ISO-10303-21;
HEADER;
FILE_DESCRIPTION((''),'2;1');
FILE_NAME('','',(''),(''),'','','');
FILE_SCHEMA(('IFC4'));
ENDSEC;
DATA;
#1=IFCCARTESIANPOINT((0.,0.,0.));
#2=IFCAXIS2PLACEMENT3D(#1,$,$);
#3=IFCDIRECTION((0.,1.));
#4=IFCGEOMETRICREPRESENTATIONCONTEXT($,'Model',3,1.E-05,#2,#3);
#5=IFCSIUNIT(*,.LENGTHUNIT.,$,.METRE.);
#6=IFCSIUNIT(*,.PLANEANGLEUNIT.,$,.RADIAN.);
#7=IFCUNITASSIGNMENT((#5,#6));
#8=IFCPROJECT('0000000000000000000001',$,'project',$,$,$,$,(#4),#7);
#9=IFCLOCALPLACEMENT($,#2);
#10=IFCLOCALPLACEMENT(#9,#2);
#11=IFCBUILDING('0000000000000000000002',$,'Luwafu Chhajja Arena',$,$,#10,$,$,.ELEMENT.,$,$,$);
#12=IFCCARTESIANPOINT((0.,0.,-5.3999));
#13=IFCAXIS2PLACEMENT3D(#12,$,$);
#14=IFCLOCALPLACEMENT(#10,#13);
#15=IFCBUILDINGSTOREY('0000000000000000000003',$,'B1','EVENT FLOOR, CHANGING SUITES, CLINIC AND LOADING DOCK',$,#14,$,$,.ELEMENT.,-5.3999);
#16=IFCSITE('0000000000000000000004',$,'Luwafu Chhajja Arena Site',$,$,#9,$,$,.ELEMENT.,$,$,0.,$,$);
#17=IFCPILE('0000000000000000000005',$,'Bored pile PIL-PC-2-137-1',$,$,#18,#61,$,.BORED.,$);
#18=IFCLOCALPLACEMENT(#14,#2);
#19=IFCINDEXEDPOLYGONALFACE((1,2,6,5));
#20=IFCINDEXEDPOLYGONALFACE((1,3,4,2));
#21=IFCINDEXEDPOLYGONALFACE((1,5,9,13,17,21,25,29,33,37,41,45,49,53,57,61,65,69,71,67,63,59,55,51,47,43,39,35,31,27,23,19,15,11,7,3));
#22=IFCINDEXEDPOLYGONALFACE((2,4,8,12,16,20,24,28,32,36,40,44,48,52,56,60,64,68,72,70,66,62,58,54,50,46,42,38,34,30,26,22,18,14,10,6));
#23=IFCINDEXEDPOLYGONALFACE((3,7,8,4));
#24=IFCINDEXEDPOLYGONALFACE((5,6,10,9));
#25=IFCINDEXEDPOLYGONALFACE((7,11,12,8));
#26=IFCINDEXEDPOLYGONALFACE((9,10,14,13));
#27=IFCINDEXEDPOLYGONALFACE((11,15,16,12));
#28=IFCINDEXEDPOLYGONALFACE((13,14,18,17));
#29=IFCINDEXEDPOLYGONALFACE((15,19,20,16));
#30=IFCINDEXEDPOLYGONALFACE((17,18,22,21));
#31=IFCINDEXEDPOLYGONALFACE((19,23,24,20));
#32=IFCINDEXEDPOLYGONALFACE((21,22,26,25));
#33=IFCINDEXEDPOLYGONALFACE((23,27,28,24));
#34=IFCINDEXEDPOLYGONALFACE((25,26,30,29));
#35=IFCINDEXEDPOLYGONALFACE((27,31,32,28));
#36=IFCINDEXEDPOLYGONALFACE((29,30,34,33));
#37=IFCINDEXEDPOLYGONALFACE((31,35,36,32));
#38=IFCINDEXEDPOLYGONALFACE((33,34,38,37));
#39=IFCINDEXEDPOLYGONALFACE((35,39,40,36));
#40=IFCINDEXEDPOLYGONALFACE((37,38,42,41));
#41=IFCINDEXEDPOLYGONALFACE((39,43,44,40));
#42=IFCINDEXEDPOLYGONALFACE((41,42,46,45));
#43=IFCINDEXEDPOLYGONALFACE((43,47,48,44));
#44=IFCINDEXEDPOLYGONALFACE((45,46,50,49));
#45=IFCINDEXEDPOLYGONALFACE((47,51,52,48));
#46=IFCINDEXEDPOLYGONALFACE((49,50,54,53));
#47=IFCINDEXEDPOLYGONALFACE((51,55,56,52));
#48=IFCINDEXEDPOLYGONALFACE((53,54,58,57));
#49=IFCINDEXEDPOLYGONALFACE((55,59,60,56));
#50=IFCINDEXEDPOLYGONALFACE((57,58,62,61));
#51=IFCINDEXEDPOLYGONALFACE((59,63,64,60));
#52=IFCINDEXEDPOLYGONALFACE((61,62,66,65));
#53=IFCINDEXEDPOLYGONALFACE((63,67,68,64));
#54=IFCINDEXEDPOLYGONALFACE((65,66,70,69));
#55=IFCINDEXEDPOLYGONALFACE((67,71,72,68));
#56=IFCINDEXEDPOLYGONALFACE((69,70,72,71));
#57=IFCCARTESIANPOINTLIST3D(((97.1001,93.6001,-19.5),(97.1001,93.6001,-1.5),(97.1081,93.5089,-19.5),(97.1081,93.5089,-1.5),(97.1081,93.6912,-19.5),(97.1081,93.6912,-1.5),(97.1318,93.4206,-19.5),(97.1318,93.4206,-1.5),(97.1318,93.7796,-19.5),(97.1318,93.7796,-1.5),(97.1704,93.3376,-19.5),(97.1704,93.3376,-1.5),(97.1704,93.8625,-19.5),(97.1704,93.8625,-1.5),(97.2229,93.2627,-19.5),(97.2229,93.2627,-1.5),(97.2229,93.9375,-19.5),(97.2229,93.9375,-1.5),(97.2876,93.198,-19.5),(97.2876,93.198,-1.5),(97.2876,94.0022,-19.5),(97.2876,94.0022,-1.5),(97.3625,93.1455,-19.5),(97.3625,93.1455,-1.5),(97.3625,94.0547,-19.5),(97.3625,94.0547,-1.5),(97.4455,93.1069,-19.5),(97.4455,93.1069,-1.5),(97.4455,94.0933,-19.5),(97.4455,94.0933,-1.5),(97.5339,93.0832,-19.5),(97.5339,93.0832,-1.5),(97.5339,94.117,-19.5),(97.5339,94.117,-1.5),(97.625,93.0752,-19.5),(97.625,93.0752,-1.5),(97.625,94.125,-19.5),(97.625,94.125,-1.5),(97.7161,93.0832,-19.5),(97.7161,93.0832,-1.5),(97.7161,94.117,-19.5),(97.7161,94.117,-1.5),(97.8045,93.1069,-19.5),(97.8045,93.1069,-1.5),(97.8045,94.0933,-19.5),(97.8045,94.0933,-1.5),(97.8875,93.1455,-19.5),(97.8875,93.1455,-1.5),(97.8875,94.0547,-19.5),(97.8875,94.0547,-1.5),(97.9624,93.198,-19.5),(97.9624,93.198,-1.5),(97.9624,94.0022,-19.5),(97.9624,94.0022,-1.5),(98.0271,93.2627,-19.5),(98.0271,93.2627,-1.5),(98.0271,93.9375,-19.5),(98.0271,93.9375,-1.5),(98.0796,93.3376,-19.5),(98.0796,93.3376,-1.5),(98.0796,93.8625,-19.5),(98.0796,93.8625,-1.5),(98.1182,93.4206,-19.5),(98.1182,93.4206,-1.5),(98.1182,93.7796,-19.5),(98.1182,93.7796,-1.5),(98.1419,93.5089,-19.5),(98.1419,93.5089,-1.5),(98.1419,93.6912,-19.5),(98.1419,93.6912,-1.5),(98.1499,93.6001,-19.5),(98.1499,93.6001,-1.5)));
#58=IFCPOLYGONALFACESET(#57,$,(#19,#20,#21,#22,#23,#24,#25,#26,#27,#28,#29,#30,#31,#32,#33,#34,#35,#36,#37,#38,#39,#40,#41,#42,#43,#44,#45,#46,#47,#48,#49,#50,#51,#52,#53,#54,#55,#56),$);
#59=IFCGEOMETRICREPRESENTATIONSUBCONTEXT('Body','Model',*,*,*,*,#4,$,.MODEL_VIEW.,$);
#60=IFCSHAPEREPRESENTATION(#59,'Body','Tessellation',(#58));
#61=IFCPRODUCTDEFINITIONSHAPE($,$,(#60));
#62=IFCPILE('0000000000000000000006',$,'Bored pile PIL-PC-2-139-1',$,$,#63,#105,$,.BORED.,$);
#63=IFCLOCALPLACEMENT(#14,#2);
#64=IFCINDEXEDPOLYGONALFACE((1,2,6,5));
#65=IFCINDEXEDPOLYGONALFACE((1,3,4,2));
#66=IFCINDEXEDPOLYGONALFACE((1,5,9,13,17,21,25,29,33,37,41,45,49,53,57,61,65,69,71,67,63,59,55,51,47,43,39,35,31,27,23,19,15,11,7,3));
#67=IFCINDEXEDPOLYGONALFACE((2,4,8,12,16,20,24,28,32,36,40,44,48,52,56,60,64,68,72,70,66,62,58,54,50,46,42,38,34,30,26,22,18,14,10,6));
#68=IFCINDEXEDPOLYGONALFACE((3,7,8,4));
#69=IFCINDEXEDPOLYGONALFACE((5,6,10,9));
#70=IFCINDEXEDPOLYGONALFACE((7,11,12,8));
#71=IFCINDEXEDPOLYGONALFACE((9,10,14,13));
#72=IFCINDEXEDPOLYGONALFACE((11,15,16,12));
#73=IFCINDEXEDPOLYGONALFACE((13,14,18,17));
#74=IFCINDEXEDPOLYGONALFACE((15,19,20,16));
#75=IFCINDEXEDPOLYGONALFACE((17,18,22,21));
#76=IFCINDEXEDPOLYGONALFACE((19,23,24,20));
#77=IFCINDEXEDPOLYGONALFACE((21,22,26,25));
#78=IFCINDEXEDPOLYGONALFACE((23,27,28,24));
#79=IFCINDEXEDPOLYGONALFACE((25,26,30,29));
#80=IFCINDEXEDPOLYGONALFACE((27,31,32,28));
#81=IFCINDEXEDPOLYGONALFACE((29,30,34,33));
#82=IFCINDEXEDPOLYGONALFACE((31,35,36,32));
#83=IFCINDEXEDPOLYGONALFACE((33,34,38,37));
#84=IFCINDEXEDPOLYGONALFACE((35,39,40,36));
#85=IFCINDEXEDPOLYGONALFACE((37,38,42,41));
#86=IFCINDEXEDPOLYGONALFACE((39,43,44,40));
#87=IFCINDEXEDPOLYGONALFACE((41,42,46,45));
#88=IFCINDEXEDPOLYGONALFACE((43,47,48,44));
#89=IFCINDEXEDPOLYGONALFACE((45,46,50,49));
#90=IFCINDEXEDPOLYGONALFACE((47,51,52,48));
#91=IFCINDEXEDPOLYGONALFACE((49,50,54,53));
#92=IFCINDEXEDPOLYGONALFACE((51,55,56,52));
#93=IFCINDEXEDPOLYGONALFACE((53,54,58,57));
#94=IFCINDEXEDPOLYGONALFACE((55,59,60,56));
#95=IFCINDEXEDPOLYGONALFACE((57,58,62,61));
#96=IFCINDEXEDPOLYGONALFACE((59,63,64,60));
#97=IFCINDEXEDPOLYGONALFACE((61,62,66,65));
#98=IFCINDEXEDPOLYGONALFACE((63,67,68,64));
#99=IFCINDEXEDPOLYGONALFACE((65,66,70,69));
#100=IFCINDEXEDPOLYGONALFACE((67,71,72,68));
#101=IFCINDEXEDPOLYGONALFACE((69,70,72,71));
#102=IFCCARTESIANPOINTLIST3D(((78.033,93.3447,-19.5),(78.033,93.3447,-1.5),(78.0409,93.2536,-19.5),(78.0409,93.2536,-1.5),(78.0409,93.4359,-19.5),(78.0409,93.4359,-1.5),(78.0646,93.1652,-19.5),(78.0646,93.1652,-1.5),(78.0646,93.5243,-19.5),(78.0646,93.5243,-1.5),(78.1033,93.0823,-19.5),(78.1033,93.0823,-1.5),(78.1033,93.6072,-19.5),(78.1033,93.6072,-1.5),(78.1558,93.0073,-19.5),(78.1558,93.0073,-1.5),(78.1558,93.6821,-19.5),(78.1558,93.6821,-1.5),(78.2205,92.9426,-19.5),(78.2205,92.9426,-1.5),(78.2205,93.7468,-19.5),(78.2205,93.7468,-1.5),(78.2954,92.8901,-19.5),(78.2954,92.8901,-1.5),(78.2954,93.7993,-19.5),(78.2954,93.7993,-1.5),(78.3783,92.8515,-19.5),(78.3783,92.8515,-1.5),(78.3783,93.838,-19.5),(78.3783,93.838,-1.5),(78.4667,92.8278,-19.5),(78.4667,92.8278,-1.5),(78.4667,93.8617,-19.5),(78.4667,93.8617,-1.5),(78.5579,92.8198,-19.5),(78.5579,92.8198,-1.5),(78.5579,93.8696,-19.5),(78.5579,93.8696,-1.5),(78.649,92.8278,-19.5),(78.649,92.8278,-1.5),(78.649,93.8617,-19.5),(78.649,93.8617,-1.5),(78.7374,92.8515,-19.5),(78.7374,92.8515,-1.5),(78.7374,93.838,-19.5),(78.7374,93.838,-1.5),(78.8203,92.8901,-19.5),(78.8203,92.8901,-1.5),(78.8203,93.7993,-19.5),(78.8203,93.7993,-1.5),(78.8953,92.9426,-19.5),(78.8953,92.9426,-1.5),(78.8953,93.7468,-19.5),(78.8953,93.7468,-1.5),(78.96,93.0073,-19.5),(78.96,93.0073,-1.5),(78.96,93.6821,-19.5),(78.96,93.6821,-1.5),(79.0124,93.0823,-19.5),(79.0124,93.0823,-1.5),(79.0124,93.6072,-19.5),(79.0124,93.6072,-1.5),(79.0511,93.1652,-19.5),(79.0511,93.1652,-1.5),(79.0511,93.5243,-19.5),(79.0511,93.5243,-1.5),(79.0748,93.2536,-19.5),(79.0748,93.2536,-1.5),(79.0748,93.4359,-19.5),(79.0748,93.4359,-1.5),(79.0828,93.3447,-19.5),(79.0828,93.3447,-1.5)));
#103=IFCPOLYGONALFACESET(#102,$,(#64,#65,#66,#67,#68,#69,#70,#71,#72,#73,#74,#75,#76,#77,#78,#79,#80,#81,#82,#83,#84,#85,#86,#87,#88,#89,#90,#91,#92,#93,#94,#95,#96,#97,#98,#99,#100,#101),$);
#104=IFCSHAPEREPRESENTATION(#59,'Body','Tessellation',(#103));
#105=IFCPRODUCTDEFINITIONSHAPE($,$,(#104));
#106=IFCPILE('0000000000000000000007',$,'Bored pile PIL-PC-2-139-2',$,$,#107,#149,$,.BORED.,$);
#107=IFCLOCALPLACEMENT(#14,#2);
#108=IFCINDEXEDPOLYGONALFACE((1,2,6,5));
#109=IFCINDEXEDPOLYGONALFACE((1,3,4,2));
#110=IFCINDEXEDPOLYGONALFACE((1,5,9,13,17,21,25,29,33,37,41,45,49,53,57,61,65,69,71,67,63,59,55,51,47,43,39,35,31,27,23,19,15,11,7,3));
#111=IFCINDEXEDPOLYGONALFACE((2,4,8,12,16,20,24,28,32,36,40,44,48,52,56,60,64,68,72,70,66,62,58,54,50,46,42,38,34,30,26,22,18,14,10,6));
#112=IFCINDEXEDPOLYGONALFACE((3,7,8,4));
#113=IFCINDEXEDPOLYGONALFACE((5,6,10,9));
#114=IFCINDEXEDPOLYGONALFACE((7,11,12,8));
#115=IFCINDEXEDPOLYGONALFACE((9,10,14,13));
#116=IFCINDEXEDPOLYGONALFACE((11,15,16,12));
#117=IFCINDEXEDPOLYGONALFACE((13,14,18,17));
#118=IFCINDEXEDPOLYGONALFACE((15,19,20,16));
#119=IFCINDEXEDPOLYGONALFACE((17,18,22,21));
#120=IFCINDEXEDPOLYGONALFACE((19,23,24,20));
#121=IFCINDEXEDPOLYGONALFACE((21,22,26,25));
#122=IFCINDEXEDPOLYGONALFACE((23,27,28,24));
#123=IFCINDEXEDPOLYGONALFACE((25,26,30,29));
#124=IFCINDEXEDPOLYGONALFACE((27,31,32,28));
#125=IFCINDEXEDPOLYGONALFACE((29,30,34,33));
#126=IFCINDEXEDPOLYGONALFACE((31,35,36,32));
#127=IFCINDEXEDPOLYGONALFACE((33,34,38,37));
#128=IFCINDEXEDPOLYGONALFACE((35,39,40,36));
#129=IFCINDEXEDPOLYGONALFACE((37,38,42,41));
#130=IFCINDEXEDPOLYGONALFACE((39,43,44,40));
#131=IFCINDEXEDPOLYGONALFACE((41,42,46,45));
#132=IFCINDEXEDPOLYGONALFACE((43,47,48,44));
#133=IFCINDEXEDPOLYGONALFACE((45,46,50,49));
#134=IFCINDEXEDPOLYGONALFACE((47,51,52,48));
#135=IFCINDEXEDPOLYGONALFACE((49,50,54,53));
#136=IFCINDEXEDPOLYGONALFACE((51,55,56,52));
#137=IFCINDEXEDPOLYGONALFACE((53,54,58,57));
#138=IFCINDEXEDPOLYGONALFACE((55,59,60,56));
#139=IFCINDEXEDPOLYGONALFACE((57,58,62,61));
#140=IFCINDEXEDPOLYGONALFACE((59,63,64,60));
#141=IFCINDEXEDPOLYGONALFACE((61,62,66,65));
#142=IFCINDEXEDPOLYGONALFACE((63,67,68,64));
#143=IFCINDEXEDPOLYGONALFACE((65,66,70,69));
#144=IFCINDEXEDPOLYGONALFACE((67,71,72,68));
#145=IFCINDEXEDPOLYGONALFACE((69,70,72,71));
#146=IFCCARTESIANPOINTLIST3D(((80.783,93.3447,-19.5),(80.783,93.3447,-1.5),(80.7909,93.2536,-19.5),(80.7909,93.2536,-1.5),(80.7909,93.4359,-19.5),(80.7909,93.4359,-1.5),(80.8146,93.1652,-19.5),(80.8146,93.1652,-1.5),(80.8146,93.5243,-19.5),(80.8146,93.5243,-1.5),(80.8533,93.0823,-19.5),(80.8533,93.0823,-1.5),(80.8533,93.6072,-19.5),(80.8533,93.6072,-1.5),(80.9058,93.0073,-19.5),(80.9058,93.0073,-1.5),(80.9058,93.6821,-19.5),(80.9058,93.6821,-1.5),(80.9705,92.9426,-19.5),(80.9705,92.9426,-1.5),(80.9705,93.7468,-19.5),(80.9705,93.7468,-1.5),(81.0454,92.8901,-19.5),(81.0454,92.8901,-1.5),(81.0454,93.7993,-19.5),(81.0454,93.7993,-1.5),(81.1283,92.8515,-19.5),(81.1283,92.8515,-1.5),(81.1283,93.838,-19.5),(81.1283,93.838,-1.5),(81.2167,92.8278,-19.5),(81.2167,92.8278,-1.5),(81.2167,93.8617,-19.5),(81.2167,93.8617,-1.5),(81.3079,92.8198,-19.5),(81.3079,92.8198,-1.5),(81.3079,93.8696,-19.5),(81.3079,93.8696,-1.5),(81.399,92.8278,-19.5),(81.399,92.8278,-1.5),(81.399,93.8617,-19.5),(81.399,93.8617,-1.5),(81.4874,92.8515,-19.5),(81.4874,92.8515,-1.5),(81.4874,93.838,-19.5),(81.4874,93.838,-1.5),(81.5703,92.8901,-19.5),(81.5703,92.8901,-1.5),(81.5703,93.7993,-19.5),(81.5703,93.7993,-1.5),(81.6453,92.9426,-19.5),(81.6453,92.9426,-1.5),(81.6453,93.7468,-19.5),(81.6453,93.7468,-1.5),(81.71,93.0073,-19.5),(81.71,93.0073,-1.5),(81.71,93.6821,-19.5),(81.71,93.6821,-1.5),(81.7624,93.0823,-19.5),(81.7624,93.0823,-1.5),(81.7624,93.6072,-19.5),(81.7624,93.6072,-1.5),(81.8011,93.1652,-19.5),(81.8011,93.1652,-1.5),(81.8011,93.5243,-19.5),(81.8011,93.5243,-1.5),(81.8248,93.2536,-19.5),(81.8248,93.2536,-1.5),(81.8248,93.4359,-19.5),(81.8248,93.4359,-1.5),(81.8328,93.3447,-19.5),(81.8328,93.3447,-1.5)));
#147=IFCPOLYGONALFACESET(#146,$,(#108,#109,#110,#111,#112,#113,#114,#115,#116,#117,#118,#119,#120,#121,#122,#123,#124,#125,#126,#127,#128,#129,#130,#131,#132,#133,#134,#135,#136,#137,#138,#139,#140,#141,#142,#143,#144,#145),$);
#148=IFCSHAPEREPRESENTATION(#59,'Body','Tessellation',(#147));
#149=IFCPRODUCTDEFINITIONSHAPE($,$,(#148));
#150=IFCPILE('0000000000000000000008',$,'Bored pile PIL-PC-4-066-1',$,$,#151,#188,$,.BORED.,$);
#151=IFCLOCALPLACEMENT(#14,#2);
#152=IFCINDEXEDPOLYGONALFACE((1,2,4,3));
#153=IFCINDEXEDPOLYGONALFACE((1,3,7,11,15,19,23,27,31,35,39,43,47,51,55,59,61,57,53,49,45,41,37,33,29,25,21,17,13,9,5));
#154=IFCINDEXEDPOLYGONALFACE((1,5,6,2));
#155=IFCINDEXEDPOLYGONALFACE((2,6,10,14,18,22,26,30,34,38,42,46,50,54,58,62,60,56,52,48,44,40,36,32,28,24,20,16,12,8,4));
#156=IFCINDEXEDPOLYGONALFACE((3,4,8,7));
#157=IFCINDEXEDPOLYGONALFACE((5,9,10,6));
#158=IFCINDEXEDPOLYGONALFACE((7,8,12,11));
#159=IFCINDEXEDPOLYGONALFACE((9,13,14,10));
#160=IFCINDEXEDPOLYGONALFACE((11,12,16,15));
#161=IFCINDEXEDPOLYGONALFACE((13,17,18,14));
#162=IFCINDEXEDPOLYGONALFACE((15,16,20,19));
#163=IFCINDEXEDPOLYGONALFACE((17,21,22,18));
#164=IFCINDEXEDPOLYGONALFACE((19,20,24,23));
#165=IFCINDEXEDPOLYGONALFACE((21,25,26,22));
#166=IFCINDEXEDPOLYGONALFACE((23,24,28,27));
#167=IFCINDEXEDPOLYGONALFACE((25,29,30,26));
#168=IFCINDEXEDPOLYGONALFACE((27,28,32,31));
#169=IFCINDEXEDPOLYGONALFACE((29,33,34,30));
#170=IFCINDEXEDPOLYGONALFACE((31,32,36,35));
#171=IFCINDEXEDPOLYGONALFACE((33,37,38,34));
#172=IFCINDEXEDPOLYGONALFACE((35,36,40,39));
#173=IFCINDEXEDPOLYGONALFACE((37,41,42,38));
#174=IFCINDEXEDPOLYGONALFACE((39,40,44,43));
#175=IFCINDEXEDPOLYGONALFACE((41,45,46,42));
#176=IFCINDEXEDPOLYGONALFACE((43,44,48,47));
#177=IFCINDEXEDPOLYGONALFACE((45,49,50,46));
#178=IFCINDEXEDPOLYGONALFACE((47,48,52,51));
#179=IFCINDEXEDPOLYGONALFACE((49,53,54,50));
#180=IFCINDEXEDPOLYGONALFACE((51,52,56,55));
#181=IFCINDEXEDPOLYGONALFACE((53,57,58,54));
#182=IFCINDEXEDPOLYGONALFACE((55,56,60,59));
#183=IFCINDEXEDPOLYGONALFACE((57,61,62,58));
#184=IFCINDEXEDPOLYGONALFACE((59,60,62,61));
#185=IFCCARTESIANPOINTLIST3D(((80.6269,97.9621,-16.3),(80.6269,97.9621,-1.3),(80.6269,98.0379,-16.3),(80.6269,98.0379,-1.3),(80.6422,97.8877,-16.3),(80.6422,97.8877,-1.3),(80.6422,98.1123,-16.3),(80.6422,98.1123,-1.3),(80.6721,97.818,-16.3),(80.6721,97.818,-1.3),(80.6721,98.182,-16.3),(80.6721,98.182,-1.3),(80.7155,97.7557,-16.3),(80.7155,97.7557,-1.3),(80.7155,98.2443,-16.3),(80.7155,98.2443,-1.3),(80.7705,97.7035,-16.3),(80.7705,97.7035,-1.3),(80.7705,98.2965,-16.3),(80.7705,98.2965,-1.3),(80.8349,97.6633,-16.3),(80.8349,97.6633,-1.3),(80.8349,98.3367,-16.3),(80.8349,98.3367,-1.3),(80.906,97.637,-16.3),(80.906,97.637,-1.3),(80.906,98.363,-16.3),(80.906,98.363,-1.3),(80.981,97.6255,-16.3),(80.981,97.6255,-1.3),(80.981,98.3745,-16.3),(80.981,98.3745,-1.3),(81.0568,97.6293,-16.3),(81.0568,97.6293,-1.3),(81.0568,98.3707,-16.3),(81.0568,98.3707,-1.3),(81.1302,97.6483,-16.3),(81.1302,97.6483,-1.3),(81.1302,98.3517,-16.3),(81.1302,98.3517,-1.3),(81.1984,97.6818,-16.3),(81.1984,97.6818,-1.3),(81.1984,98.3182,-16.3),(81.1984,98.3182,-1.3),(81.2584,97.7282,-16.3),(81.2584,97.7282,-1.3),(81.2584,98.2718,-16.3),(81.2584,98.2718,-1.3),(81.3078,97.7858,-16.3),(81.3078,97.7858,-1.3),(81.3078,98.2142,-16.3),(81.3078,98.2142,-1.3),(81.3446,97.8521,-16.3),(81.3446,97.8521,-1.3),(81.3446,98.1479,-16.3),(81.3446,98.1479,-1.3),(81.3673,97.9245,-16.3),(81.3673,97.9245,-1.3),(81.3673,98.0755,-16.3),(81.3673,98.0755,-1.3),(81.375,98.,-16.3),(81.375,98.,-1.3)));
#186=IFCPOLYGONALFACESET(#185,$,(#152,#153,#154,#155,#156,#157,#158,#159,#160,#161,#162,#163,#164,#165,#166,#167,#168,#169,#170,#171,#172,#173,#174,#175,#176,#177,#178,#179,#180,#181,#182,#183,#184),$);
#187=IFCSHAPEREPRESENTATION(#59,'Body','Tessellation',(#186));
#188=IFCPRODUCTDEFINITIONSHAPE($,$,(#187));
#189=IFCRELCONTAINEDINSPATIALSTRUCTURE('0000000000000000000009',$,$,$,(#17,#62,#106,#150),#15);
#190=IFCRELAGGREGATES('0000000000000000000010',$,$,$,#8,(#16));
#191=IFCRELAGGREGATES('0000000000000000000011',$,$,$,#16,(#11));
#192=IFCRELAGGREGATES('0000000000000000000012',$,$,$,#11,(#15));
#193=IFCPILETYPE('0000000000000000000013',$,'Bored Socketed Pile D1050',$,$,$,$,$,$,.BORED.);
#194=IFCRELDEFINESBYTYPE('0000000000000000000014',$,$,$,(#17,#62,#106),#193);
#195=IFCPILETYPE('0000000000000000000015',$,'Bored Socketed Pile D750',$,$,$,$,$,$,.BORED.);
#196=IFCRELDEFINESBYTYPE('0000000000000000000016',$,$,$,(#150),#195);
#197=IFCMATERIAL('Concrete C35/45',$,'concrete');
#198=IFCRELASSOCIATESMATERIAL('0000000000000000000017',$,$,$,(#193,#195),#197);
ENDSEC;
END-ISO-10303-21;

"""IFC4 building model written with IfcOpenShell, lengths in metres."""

from ifc_helpers import new_model, si_unit, direction, frame, origin, origin_2d, place, context, subcontext, project, spatial, circle, extrude, material, material_profile, profile_set, type_object, element, save


model = new_model("IFC4")

# Units and contexts
model_context = context("Model", 3, precision=1e-05, world=origin(), true_north=direction((0.0, 1.0)))
body_context = subcontext(model_context, "Body", "Model", "MODEL_VIEW")
ifc_project = project(units=[si_unit("LENGTHUNIT", "METRE"), si_unit("PLANEANGLEUNIT", "RADIAN")], contexts=[model_context])

# Site, building, storey
site_placement = place(None, origin())
site = spatial("IfcSite", under=ifc_project, at=site_placement, Name="Luwafu Chhajja Arena Site", CompositionType="ELEMENT", RefElevation=0.0)
building_placement = place(site_placement, origin())
building = spatial("IfcBuilding", under=site, at=building_placement, Name="Luwafu Chhajja Arena", CompositionType="ELEMENT")
storey_placement = place(building_placement, frame((0.0, 0.0, -5.3999)))
storey = spatial("IfcBuildingStorey", under=building, at=storey_placement, Name="B1", Description="EVENT FLOOR, CHANGING SUITES, CLINIC AND LOADING DOCK", CompositionType="ELEMENT", Elevation=-5.3999)

# Piles
ifc_material_1 = material(Name="Concrete C35/45", Category="concrete")
ifc_material_profile_1 = material_profile(ifc_material_1, circle(Radius=0.5249, at=origin_2d()), Name="PILE D1050")
ifc_profile_set_1 = profile_set([ifc_material_profile_1], Name="Concrete C35/45")
pile_type_1 = type_object("IfcPileType", Name="Bored Socketed Pile D1050", PredefinedType="BORED", material=ifc_profile_set_1)
for number, where, z_axis, x_axis, name in (
    (1, (97.625, 93.6001, -1.5), (0.0, 0.0, -1.0), (1.0, 0.0, 0.0), "Bored pile PIL-PC-2-137-1"),
    (2, (78.5579, 93.3447, -1.5), (0.0, 0.0, -1.0), (1.0, 0.0, 0.0), "Bored pile PIL-PC-2-139-1"),
    (3, (81.3079, 93.3447, -1.5), (0.0, 0.0, -1.0), (1.0, 0.0, 0.0), "Bored pile PIL-PC-2-139-2"),
):
    element("IfcPile", number, at=place(storey_placement, frame(where, z_axis=z_axis, x_axis=x_axis)), inside=storey, type_object=pile_type_1, Name=name, PredefinedType="BORED", context=body_context, shape_type="SweptSolid", body=[
        extrude(circle(Radius=0.5249, at=origin_2d()), origin(), (0.0, 0.0, 1.0), 18.0),
    ])
ifc_material_profile_2 = material_profile(ifc_material_1, circle(Radius=0.375, at=origin_2d()), Name="PILE D750")
ifc_profile_set_2 = profile_set([ifc_material_profile_2], Name="Concrete C35/45")
pile_type_2 = type_object("IfcPileType", Name="Bored Socketed Pile D750", PredefinedType="BORED", material=ifc_profile_set_2)
for number, where, z_axis, x_axis, name in (
    (4, (81.0, 98.0, -1.3), (0.0, 0.0, -1.0), (1.0, 0.0, 0.0), "Bored pile PIL-PC-4-066-1"),
):
    element("IfcPile", number, at=place(storey_placement, frame(where, z_axis=z_axis, x_axis=x_axis)), inside=storey, type_object=pile_type_2, Name=name, PredefinedType="BORED", context=body_context, shape_type="SweptSolid", body=[
        extrude(circle(Radius=0.375, at=origin_2d()), origin(), (0.0, 0.0, 1.0), 15.0),
    ])

save(model, "model.ifc")
